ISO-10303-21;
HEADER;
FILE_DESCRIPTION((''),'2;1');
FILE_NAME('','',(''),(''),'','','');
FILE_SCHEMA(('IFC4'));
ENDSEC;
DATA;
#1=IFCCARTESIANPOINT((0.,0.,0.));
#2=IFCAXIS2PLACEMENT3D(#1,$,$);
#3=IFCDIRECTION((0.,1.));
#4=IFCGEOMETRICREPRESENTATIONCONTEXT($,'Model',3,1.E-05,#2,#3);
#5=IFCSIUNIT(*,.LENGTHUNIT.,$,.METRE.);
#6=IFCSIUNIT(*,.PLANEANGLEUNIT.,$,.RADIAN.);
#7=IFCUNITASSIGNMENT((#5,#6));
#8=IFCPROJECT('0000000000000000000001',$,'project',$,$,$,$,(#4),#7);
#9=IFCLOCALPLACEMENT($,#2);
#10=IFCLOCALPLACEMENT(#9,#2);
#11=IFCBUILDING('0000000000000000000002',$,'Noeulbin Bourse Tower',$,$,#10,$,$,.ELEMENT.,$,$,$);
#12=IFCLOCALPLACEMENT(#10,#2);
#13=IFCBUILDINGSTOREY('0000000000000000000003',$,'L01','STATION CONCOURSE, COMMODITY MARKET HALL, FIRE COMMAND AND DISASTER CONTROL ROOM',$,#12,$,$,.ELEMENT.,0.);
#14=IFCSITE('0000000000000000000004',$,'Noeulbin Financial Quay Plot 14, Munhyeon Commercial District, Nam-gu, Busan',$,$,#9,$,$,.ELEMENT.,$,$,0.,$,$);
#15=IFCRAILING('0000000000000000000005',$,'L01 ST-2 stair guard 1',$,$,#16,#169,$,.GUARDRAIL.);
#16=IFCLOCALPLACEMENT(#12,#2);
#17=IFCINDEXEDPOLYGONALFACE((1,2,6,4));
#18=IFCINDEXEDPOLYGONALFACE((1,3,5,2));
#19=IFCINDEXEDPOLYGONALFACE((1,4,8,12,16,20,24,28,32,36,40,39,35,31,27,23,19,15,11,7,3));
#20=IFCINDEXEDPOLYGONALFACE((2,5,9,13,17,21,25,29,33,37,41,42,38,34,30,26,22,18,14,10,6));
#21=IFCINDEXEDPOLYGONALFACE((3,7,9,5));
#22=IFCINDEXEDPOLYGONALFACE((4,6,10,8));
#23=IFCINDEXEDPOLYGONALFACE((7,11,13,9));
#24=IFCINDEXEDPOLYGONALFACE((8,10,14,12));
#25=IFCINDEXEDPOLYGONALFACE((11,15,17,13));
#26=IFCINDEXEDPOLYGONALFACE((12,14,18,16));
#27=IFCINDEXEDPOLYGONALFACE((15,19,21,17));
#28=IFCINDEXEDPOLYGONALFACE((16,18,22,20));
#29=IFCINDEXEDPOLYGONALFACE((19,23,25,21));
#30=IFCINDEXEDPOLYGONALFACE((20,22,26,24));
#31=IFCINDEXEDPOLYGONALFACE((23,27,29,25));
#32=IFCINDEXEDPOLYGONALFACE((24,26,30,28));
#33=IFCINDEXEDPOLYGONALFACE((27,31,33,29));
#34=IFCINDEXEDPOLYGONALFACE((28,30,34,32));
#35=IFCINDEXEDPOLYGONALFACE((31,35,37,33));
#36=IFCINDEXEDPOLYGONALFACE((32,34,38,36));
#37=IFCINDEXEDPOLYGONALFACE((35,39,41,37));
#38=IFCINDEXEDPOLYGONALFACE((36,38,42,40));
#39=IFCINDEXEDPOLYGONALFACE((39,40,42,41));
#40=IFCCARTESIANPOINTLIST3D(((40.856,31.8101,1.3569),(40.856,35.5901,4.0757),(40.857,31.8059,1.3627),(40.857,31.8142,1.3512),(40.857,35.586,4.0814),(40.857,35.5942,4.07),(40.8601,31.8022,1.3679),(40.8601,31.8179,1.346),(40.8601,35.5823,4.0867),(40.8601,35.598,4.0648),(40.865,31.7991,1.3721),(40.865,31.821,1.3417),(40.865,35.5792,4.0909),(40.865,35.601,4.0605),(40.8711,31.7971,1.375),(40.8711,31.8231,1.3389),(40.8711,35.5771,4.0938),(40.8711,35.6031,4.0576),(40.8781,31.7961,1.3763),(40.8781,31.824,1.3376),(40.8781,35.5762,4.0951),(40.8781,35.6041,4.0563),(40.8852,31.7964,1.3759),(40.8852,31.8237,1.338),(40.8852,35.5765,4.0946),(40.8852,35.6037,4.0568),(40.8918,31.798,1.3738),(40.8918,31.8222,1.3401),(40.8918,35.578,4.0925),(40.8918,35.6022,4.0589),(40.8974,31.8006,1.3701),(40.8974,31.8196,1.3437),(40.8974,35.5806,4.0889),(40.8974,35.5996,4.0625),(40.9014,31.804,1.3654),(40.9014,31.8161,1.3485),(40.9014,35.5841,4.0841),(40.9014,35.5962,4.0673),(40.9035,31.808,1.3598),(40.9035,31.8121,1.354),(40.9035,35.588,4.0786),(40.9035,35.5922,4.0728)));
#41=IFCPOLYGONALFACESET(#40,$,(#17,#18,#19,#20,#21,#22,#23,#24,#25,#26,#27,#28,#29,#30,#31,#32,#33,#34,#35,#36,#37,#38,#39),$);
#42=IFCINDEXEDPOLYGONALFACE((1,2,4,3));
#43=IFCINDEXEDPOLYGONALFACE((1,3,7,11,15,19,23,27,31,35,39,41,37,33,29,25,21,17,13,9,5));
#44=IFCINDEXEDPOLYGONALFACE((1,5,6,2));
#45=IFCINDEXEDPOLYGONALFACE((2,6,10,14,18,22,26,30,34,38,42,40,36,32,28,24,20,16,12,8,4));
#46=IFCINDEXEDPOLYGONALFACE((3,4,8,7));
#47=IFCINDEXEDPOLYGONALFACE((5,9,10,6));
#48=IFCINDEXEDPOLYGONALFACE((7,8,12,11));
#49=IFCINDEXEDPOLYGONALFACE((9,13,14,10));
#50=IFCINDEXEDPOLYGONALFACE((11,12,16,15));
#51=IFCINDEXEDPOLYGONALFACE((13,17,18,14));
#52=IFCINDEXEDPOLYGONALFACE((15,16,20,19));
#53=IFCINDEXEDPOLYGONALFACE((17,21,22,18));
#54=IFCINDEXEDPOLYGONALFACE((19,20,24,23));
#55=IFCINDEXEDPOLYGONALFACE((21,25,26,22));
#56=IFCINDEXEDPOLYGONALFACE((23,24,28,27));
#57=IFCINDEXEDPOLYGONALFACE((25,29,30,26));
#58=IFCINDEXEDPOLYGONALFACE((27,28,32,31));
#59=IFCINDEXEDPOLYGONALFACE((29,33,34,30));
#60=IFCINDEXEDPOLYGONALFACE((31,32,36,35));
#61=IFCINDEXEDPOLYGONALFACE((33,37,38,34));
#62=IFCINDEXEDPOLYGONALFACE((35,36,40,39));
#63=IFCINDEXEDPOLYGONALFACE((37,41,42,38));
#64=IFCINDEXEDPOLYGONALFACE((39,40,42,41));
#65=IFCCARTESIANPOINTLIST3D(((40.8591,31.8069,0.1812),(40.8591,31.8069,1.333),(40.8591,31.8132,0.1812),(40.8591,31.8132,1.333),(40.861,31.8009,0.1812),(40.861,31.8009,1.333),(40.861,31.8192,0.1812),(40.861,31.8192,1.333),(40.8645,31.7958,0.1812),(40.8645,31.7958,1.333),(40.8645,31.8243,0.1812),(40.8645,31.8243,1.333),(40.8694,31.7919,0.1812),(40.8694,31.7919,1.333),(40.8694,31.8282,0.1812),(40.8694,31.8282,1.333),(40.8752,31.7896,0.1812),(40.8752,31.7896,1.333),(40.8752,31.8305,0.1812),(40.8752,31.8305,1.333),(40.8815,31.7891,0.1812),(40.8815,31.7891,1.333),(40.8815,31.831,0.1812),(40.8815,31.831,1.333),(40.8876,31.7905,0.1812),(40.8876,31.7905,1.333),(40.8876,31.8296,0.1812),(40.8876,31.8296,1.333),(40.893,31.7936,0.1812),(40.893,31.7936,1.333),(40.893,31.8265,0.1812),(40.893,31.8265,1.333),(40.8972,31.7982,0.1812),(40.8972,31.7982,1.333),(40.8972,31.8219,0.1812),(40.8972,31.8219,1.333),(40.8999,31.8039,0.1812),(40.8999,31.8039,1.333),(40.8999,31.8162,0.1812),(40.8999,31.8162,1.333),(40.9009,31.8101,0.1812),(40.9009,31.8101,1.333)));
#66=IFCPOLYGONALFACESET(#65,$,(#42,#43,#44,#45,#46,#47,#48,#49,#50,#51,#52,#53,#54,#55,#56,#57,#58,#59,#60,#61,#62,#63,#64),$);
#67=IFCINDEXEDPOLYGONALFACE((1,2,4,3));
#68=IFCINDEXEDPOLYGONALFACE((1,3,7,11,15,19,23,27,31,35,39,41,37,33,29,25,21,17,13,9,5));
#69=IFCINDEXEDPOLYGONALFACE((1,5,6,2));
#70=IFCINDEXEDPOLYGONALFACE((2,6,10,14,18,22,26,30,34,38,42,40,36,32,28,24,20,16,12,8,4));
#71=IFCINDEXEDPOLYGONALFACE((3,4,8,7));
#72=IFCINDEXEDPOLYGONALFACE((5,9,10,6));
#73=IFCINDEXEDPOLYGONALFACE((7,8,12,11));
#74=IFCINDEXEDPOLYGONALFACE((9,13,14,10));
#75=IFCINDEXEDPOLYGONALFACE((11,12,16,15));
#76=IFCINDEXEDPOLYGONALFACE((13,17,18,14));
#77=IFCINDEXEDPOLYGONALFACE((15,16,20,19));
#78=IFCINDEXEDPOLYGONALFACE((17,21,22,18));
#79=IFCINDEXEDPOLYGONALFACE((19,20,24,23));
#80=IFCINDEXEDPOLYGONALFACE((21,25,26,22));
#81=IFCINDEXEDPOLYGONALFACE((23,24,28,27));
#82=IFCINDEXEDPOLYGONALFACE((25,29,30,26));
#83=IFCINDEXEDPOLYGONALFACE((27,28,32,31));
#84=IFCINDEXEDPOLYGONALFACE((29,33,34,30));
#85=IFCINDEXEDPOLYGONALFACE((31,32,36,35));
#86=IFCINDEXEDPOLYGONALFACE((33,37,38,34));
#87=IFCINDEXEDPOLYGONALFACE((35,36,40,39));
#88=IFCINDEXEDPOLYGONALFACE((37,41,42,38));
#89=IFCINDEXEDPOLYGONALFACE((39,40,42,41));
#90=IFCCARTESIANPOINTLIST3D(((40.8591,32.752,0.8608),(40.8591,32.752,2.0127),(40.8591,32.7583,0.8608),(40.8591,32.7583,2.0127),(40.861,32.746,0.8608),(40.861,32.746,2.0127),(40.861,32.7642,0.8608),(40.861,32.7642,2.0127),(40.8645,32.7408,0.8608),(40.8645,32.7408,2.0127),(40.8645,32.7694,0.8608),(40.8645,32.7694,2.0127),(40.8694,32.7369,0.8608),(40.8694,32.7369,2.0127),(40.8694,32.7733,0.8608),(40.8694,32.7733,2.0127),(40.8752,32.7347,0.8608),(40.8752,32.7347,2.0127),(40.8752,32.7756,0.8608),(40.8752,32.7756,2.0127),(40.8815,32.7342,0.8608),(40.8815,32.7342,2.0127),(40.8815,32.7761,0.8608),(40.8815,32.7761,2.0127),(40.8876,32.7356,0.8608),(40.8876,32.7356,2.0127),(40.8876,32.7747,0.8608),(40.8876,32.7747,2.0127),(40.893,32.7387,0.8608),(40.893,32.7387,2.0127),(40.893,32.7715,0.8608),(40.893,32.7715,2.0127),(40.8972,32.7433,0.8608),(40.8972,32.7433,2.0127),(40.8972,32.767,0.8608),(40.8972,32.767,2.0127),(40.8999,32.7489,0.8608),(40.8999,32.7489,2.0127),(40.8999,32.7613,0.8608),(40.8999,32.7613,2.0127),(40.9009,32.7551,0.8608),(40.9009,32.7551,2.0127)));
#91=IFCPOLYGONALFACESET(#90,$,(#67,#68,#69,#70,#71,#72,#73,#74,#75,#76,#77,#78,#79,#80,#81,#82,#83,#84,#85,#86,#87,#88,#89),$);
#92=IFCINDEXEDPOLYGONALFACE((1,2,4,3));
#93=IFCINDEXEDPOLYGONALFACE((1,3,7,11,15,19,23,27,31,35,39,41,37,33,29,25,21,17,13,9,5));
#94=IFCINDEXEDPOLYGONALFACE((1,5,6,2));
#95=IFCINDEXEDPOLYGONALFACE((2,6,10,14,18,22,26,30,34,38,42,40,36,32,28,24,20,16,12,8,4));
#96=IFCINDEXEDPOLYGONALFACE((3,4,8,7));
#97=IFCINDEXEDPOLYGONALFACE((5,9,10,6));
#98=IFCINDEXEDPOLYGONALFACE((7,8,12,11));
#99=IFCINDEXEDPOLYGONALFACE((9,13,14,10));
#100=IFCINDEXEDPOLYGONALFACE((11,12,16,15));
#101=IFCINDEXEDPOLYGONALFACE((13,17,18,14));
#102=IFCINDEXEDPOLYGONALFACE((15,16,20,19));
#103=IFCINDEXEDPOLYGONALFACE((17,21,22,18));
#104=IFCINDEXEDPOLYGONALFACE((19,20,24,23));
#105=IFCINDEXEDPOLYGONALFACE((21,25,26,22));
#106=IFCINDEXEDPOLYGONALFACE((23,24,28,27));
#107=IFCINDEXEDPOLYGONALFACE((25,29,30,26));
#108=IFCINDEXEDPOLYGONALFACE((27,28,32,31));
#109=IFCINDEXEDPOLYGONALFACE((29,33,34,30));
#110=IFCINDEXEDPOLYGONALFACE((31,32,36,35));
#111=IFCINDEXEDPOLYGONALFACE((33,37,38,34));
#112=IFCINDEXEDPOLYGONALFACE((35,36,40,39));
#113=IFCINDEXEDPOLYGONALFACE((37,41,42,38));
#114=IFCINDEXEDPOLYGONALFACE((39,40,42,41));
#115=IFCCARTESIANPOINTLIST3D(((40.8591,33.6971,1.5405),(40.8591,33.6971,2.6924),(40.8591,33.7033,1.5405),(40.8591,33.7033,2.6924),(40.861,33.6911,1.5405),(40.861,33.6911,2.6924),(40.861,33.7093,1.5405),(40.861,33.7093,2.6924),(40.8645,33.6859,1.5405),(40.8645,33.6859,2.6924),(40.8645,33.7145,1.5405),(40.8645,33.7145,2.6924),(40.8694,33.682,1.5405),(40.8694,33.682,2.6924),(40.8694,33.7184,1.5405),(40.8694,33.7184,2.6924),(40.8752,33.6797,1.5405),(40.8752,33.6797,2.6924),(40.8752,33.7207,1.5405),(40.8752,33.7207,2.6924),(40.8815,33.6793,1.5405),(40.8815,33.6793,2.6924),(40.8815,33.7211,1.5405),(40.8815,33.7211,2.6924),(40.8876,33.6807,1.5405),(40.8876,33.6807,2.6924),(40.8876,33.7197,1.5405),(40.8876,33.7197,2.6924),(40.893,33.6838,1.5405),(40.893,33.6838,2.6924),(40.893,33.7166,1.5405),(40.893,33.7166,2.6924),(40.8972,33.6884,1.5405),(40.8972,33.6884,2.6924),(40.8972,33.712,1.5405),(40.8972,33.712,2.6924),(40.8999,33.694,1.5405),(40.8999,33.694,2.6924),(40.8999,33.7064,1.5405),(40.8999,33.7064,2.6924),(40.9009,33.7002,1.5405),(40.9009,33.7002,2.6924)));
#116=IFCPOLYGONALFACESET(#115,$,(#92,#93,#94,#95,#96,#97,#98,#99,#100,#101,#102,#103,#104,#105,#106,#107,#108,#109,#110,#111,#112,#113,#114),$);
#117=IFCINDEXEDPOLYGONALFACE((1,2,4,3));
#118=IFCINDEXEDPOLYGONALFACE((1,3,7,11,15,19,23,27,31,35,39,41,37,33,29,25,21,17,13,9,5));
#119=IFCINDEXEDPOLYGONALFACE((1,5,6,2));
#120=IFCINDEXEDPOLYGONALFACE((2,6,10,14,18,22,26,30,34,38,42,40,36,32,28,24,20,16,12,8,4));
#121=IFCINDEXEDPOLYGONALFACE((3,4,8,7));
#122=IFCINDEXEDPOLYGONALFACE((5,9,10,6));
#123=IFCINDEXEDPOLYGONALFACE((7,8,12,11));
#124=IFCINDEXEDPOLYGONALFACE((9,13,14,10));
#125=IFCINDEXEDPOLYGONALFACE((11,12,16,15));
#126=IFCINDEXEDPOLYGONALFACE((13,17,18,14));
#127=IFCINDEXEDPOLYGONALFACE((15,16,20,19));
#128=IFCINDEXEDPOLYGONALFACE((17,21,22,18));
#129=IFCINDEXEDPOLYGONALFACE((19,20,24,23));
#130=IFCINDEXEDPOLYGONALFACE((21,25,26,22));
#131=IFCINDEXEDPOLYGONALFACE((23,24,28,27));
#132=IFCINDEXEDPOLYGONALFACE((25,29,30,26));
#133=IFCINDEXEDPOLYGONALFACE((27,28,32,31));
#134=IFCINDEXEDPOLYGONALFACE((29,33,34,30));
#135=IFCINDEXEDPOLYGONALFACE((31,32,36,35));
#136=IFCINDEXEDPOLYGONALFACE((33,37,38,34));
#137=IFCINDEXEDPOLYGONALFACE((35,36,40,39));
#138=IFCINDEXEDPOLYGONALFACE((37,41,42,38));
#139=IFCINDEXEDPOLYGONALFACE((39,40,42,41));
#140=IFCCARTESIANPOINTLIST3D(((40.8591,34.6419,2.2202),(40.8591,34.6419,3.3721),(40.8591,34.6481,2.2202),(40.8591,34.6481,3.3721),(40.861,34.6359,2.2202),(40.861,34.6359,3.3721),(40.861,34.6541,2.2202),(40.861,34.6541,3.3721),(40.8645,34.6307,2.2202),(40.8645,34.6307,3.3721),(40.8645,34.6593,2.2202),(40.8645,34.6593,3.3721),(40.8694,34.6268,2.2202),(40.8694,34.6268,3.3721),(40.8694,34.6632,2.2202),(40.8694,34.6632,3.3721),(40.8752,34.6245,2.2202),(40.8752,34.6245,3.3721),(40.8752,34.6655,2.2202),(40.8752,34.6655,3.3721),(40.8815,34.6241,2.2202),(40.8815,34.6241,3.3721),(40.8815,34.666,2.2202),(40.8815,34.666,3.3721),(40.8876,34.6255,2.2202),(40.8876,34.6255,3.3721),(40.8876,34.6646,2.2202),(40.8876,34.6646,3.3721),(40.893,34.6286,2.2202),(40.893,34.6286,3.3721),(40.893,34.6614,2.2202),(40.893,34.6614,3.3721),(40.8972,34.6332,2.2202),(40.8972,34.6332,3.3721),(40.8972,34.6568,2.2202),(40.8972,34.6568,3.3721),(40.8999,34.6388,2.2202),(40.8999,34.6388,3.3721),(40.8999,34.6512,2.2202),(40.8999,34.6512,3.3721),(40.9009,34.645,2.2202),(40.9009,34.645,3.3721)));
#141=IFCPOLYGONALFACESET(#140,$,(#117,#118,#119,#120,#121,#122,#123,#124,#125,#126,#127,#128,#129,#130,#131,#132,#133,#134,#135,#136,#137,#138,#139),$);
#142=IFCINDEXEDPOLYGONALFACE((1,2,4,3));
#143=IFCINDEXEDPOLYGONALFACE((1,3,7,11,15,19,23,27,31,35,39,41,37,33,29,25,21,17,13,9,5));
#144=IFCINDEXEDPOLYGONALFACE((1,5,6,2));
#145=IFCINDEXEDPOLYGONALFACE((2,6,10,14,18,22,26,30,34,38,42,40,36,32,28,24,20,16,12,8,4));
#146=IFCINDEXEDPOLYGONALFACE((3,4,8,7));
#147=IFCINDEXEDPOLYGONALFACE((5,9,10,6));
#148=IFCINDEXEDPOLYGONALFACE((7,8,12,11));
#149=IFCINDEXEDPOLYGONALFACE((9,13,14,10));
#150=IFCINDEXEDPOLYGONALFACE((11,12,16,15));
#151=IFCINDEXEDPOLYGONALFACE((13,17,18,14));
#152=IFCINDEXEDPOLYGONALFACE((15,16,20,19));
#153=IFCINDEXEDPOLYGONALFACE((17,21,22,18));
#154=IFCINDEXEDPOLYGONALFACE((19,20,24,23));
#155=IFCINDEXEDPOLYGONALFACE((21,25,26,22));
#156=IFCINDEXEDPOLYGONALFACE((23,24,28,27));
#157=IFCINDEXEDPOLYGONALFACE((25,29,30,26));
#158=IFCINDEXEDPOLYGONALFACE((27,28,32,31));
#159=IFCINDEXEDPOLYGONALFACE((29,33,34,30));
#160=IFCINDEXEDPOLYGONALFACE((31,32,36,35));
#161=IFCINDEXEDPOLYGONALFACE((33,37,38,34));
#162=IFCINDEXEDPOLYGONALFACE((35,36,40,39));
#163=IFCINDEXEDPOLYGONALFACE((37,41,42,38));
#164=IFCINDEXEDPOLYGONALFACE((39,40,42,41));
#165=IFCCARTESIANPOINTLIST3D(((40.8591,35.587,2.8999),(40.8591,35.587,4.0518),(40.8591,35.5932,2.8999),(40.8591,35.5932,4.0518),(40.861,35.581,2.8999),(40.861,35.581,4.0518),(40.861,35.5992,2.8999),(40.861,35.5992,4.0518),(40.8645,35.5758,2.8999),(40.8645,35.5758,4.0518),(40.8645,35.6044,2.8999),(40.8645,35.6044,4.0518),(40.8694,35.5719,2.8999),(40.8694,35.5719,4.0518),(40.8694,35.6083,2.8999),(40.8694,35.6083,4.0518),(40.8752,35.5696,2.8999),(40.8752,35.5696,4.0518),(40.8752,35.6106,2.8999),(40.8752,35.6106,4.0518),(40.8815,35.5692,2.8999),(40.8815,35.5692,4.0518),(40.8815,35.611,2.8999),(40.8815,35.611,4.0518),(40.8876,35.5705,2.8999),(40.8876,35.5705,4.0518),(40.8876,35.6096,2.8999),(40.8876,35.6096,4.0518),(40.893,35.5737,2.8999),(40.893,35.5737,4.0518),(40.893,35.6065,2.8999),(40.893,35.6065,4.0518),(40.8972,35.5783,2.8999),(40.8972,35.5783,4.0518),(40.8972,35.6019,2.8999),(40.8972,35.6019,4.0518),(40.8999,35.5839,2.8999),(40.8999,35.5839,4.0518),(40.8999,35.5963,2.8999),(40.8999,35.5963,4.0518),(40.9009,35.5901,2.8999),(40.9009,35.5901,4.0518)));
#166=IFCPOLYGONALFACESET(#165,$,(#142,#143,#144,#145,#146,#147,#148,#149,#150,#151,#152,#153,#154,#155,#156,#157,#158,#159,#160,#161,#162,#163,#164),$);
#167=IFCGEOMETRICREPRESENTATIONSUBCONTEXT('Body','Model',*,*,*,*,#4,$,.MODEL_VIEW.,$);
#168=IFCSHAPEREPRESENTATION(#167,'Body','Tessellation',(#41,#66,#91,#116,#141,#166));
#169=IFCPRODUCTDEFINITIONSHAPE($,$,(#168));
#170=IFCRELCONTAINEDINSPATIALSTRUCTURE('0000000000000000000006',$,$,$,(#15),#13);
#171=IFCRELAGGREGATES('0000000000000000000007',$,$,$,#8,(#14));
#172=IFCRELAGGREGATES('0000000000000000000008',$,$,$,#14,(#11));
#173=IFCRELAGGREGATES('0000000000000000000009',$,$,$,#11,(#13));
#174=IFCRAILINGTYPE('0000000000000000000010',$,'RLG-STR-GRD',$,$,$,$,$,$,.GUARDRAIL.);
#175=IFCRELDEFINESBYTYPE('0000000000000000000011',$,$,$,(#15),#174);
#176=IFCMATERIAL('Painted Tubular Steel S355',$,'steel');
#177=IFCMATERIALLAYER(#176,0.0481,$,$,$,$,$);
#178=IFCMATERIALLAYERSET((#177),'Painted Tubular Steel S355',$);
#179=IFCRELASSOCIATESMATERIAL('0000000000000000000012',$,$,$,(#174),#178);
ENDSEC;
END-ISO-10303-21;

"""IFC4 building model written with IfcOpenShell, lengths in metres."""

from ifc_helpers import new_model, si_unit, direction, frame, origin, origin_2d, place, context, subcontext, project, spatial, circle, extrude, material, layer, layer_set, type_object, element, save


model = new_model("IFC4")

# Units and contexts
model_context = context("Model", 3, precision=1e-05, world=origin(), true_north=direction((0.0, 1.0)))
body_context = subcontext(model_context, "Body", "Model", "MODEL_VIEW")
ifc_project = project(units=[si_unit("LENGTHUNIT", "METRE"), si_unit("PLANEANGLEUNIT", "RADIAN")], contexts=[model_context])

# Site, building, storey
site_placement = place(None, origin())
site = spatial("IfcSite", under=ifc_project, at=site_placement, Name="Noeulbin Financial Quay Plot 14, Munhyeon Commercial District, Nam-gu, Busan", CompositionType="ELEMENT", RefElevation=0.0)
building_placement = place(site_placement, origin())
building = spatial("IfcBuilding", under=site, at=building_placement, Name="Noeulbin Bourse Tower", CompositionType="ELEMENT")
storey_placement = place(building_placement, origin())
storey = spatial("IfcBuildingStorey", under=building, at=storey_placement, Name="L01", Description="STATION CONCOURSE, COMMODITY MARKET HALL, FIRE COMMAND AND DISASTER CONTROL ROOM", CompositionType="ELEMENT", Elevation=0.0)

# Railing
ifc_material_1 = material(Name="Painted Tubular Steel S355", Category="steel")
ifc_layer_1 = layer(ifc_material_1, 0.0481)
ifc_layer_set_1 = layer_set([ifc_layer_1], Name="Painted Tubular Steel S355")
railing_type_1 = type_object("IfcRailingType", Name="RLG-STR-GRD", PredefinedType="GUARDRAIL", material=ifc_layer_set_1)
railing_1_placement = place(storey_placement, frame((40.8799, 31.8101, 0.1812)))
element("IfcRailing", 1, at=railing_1_placement, inside=storey, type_object=railing_type_1, Name="L01 ST-2 stair guard 1", PredefinedType="GUARDRAIL", context=body_context, shape_type="SweptSolid", body=[
    extrude(circle(Radius=0.0239, at=origin_2d()), frame((0.0, 0.0, 1.1758), z_axis=(0.0, 0.811827, 0.583899), x_axis=(-1.0, 0.0, 0.0)), (0.0, 0.0, 1.0), 4.6562),
    extrude(circle(Radius=0.021, at=origin_2d()), origin(), (0.0, 0.0, 1.0), 1.1519),
    extrude(circle(Radius=0.021, at=origin_2d()), frame((0.0, 0.9451, 0.6797)), (0.0, 0.0, 1.0), 1.1519),
    extrude(circle(Radius=0.021, at=origin_2d()), frame((0.0, 1.8901, 1.3594)), (0.0, 0.0, 1.0), 1.1519),
    extrude(circle(Radius=0.021, at=origin_2d()), frame((0.0, 2.835, 2.0391)), (0.0, 0.0, 1.0), 1.1519),
    extrude(circle(Radius=0.021, at=origin_2d()), frame((0.0, 3.78, 2.7188)), (0.0, 0.0, 1.0), 1.1519),
])

save(model, "model.ifc")
